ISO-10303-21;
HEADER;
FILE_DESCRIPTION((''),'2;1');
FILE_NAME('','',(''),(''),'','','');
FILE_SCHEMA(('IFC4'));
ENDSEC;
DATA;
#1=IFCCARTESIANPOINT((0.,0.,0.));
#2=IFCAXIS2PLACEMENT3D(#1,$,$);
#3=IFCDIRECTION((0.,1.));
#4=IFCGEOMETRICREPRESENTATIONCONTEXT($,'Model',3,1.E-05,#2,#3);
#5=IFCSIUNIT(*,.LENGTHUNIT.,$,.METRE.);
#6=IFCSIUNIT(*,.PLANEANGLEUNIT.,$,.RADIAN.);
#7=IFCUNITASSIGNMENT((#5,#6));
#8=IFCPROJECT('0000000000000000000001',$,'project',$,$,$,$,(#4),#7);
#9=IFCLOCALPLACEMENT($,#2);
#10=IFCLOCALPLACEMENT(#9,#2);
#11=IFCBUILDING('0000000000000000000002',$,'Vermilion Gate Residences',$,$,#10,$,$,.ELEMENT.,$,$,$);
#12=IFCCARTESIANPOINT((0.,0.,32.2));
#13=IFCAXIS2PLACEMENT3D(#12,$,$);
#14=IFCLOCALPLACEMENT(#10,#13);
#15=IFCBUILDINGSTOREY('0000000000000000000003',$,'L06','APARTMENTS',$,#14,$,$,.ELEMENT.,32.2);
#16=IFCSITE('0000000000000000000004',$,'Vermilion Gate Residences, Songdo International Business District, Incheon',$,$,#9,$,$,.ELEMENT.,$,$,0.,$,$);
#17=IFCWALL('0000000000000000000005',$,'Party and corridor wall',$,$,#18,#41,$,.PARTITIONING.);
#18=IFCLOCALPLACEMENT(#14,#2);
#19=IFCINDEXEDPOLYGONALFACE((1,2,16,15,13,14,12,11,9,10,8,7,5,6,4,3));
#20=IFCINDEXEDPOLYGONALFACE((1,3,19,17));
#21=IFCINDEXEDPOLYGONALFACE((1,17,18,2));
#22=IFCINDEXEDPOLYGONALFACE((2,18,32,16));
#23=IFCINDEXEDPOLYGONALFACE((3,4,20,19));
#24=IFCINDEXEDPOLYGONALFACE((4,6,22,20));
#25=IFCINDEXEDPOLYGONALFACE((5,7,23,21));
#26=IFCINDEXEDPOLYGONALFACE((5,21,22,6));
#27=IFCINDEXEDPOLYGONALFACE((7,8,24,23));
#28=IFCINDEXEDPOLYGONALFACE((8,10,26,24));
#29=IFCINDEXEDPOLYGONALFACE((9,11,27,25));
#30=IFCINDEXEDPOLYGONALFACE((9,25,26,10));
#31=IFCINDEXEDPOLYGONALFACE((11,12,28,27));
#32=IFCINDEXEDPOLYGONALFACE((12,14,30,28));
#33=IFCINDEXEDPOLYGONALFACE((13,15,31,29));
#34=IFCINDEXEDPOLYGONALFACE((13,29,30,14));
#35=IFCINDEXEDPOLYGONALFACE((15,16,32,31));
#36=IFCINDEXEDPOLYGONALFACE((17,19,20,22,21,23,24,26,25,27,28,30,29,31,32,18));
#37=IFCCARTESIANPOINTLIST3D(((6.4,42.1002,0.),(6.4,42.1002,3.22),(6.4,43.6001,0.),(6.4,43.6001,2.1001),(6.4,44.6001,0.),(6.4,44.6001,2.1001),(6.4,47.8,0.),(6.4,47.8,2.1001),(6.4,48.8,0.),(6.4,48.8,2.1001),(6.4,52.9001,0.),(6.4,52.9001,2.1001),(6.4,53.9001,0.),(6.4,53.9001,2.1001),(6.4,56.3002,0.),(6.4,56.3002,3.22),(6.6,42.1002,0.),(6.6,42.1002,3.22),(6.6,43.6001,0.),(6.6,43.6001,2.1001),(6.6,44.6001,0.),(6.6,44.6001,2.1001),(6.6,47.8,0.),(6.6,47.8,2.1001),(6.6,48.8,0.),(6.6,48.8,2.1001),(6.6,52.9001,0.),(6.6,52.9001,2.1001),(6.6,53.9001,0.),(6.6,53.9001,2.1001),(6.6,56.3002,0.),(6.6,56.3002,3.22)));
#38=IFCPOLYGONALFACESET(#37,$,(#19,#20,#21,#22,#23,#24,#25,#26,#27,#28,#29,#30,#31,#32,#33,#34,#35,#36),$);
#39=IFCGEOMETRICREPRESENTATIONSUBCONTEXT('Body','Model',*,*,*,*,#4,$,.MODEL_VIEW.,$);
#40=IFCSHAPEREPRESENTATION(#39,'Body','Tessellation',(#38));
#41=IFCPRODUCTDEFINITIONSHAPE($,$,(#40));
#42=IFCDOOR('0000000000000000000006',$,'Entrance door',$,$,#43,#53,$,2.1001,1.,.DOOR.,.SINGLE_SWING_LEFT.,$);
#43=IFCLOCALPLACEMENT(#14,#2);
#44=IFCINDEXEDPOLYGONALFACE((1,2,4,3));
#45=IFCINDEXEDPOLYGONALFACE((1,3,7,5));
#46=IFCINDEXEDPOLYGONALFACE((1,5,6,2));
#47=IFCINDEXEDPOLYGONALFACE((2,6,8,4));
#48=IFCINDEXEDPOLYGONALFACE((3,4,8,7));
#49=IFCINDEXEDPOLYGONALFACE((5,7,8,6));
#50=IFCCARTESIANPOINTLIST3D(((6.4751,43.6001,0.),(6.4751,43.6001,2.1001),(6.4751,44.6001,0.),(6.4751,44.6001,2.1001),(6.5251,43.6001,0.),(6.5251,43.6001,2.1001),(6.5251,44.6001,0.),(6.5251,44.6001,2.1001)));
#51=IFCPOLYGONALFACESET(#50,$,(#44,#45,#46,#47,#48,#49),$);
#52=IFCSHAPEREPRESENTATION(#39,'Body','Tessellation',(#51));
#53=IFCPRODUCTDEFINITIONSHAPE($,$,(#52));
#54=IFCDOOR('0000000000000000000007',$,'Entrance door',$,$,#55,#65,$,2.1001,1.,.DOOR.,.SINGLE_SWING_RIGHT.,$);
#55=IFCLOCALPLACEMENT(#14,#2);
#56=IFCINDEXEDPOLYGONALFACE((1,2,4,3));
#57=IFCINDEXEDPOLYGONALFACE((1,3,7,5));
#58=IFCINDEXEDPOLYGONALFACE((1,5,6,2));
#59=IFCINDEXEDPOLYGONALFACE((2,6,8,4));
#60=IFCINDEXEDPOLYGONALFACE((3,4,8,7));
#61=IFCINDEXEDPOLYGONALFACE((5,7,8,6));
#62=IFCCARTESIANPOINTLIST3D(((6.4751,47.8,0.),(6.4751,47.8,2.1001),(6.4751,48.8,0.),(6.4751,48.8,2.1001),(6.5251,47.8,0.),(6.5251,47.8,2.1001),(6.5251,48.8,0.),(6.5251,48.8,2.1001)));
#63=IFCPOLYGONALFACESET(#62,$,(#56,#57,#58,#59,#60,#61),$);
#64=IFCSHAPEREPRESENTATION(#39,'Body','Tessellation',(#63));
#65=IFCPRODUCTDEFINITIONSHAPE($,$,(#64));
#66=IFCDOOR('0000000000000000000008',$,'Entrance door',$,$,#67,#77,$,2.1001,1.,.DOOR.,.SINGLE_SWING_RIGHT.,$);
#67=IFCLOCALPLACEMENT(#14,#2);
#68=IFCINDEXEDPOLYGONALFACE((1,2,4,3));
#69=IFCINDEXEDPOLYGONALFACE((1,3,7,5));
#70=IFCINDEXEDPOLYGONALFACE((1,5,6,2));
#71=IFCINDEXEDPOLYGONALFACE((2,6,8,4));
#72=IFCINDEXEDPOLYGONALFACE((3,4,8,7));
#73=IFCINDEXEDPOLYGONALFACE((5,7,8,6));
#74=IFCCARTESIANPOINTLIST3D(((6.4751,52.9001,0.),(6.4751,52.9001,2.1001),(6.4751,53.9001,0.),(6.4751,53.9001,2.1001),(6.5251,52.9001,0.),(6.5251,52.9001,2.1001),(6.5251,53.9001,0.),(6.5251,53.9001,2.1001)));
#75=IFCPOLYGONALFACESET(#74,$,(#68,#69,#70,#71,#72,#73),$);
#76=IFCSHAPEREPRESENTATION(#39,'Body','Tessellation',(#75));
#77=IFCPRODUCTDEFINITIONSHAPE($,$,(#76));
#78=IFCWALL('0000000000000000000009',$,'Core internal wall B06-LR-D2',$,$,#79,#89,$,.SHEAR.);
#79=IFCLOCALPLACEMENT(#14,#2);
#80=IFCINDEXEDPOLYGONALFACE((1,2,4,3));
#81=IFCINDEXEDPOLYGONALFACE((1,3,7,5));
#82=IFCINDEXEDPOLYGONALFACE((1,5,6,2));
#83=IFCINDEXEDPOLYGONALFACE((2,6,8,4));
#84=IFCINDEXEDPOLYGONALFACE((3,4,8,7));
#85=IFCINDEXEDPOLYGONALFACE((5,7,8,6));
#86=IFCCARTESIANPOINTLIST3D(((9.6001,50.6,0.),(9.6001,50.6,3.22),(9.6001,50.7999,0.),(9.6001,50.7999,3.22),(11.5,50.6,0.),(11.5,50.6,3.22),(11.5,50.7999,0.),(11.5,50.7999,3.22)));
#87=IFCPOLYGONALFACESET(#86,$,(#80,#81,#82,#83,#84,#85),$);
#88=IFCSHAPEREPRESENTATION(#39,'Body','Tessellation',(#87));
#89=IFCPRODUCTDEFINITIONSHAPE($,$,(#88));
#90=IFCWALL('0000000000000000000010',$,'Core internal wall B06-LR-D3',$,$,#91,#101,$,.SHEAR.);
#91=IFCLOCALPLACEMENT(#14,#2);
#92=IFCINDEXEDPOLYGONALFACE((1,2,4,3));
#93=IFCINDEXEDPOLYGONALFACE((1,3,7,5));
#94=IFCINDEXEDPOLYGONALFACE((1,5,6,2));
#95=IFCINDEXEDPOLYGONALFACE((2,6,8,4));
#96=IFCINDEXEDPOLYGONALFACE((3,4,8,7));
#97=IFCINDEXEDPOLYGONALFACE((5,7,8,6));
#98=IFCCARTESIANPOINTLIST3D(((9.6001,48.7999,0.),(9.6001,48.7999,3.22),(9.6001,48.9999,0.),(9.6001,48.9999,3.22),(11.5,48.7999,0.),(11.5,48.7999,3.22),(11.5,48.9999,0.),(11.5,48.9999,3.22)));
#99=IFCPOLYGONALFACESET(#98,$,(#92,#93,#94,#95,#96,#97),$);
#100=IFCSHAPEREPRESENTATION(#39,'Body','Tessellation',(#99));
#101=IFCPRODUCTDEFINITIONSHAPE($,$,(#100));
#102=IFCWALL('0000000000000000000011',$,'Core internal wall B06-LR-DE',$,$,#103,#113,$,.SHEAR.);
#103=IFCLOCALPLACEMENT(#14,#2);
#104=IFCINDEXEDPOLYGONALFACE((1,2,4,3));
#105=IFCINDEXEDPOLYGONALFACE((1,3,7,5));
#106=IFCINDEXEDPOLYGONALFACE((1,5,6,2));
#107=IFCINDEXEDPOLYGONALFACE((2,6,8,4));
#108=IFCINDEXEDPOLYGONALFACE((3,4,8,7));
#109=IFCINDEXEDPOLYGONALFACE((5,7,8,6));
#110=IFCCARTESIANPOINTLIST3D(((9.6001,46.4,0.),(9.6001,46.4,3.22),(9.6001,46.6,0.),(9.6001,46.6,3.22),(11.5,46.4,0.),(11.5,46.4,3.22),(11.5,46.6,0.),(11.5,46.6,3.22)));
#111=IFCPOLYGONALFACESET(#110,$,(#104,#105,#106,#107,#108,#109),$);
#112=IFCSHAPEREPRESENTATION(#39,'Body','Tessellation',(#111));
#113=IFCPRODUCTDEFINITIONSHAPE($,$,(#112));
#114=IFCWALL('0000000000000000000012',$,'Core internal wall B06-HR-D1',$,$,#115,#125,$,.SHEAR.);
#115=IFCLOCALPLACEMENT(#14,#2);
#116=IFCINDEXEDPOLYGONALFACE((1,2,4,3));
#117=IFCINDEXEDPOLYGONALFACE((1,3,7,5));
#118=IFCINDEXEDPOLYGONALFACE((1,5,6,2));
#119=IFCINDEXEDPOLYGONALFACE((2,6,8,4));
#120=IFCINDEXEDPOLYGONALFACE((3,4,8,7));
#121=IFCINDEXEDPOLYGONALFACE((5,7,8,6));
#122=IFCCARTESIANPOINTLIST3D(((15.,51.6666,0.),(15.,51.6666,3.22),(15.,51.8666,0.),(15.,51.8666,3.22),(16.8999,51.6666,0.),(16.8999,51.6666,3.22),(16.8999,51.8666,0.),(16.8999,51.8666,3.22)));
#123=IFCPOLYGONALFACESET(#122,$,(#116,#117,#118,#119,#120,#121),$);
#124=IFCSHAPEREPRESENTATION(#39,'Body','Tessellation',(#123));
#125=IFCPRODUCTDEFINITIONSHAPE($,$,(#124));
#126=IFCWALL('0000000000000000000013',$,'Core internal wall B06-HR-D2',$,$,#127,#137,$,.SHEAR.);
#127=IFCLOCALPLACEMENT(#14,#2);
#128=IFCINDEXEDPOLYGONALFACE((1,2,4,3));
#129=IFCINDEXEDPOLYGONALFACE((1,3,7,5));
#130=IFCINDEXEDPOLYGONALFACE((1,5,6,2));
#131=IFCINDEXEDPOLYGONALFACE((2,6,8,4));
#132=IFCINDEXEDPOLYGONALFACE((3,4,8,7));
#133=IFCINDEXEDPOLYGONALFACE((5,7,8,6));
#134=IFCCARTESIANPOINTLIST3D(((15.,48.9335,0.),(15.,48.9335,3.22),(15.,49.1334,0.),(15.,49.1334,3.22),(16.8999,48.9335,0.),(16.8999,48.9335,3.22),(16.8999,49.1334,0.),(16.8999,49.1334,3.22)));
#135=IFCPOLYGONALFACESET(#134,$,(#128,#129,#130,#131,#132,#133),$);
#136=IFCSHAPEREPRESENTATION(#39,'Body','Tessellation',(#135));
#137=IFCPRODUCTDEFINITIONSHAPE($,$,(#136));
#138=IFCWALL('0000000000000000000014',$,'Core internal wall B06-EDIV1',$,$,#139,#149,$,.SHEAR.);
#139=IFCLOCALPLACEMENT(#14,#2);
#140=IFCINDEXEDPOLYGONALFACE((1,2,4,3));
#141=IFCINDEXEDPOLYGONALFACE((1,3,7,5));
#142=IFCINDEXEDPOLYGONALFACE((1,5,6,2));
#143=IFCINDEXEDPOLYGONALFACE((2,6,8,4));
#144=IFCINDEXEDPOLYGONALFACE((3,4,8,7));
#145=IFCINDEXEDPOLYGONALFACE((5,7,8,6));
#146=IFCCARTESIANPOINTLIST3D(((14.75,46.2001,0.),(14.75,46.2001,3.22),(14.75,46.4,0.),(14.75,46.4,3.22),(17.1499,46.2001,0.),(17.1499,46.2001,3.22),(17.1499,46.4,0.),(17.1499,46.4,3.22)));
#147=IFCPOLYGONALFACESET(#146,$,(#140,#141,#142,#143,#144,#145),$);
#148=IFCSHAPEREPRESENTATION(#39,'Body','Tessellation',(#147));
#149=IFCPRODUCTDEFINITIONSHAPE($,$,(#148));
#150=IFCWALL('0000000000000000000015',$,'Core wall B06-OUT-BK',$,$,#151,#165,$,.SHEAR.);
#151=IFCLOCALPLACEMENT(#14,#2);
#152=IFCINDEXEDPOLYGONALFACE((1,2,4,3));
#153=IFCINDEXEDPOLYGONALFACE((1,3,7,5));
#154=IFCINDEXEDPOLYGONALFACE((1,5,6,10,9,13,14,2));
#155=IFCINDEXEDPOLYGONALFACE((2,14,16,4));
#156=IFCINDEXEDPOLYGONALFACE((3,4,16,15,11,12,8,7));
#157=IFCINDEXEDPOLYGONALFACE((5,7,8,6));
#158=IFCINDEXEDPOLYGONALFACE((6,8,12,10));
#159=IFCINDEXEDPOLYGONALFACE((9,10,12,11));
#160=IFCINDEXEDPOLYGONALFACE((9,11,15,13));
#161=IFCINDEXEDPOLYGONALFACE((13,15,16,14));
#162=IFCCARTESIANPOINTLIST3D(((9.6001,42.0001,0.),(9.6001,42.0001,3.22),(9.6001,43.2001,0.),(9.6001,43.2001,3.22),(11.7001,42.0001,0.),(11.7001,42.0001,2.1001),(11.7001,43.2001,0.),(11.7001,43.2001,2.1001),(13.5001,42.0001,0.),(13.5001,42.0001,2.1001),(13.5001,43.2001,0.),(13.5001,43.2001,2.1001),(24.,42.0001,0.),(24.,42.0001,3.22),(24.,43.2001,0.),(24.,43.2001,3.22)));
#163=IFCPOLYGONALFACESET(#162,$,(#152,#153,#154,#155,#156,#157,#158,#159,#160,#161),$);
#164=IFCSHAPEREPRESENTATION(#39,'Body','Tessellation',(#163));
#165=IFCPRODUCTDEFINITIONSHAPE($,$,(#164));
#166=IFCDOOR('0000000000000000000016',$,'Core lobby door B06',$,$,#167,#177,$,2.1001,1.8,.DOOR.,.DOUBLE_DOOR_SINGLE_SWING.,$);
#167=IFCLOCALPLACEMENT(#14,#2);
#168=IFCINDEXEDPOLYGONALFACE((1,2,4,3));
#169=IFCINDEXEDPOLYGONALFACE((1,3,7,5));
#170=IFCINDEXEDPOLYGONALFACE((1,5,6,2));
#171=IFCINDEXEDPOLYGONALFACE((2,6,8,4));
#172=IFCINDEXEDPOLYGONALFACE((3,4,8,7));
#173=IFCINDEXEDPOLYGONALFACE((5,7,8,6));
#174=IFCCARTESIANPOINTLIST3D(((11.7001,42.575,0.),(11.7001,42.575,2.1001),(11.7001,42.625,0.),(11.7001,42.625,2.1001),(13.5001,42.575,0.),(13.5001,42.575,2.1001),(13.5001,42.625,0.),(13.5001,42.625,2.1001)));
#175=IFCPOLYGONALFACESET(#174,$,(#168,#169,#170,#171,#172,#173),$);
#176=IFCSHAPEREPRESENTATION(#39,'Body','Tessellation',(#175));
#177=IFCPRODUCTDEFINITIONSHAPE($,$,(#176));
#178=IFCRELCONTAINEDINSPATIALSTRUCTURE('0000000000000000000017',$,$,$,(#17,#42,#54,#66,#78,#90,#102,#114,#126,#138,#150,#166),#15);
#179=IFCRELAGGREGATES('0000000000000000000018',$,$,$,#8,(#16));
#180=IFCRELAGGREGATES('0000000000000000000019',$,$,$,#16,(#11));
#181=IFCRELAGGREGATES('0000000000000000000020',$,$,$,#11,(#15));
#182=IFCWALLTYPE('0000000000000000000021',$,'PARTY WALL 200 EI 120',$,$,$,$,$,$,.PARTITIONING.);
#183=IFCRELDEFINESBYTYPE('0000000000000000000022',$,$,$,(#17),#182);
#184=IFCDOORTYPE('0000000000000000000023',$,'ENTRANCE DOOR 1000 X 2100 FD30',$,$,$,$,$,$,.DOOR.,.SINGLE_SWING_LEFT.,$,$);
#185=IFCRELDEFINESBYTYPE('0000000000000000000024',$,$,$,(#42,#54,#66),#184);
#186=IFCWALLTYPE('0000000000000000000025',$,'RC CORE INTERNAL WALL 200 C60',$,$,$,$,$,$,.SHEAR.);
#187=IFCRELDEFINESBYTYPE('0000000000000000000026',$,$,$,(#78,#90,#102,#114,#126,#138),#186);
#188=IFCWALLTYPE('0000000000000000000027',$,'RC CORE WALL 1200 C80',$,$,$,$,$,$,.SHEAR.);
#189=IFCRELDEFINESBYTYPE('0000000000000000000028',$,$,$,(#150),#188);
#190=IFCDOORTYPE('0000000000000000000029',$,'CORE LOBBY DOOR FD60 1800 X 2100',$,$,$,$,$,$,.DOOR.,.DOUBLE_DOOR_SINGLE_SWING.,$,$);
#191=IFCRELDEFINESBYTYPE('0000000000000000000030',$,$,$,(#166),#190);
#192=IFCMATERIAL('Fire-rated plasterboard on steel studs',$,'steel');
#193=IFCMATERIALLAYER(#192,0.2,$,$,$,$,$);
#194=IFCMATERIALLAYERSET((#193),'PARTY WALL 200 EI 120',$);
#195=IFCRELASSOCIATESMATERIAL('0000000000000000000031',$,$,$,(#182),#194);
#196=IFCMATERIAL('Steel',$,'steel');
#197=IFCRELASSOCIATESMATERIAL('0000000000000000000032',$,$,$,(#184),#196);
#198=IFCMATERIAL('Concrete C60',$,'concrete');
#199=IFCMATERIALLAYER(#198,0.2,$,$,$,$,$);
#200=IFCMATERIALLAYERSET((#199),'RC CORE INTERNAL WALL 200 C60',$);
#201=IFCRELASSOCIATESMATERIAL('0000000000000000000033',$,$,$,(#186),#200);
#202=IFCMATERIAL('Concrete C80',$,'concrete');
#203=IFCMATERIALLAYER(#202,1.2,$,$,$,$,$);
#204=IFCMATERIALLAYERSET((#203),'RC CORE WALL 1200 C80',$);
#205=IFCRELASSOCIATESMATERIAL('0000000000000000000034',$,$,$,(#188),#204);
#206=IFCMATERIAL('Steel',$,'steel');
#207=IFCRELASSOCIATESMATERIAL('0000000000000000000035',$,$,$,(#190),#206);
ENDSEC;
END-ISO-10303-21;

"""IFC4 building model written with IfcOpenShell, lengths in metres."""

from ifc_helpers import new_model, si_unit, direction, frame, frame_2d, origin, place, context, subcontext, project, spatial, rectangle, extrude, material, layer, layer_set, type_object, element, fill, save


model = new_model("IFC4")

# Units and contexts
model_context = context("Model", 3, precision=1e-05, world=origin(), true_north=direction((0.0, 1.0)))
body_context = subcontext(model_context, "Body", "Model", "MODEL_VIEW")
ifc_project = project(units=[si_unit("LENGTHUNIT", "METRE"), si_unit("PLANEANGLEUNIT", "RADIAN")], contexts=[model_context])

# Site, building, storey
site_placement = place(None, origin())
site = spatial("IfcSite", under=ifc_project, at=site_placement, Name="Vermilion Gate Residences, Songdo International Business District, Incheon", CompositionType="ELEMENT", RefElevation=0.0)
building_placement = place(site_placement, origin())
building = spatial("IfcBuilding", under=site, at=building_placement, Name="Vermilion Gate Residences", CompositionType="ELEMENT")
storey_placement = place(building_placement, frame((0.0, 0.0, 32.2)))
storey = spatial("IfcBuildingStorey", under=building, at=storey_placement, Name="L06", Description="APARTMENTS", CompositionType="ELEMENT", Elevation=32.2)

# Shared definitions
ifc_material_1 = material(Name="Fire-rated plasterboard on steel studs", Category="steel")
ifc_layer_1 = layer(ifc_material_1, 0.2)
ifc_layer_set_1 = layer_set([ifc_layer_1], Name="PARTY WALL 200 EI 120")
wall_type_1 = type_object("IfcWallType", Name="PARTY WALL 200 EI 120", PredefinedType="PARTITIONING", material=ifc_layer_set_1)

# Wall, openings, doors
wall_1_placement = place(storey_placement, frame((6.5, 42.1001, 0.0), z_axis=(0.0, 0.0, 1.0), x_axis=(0.0, 1.0, 0.0)))
wall_1 = element("IfcWall", 1, at=wall_1_placement, inside=storey, type_object=wall_type_1, Name="Party and corridor wall", PredefinedType="PARTITIONING", context=body_context, shape_type="SweptSolid", body=[
    extrude(rectangle(XDim=14.2, YDim=0.2, at=frame_2d((7.1001, 0.0))), origin(), (0.0, 0.0, 1.0), 3.22),
])
opening_1_placement = place(wall_1_placement, frame((1.5, 0.0, 0.0)))
opening_1 = element("IfcOpeningElement", 2, at=opening_1_placement, cuts=wall_1, PredefinedType="OPENING", context=body_context, shape_type="SweptSolid", body=[
    extrude(rectangle(XDim=1.0, YDim=2.1001, at=frame_2d((0.5, 1.05))), frame((0.0, 0.1099, 0.0), z_axis=(0.0, -1.0, 0.0), x_axis=(1.0, 0.0, 0.0)), (0.0, 0.0, 1.0), 0.22),
])
opening_2_placement = place(wall_1_placement, frame((5.7, 0.0, 0.0)))
opening_2 = element("IfcOpeningElement", 3, at=opening_2_placement, cuts=wall_1, PredefinedType="OPENING", context=body_context, shape_type="SweptSolid", body=[
    extrude(rectangle(XDim=1.0, YDim=2.1001, at=frame_2d((0.5, 1.05))), frame((0.0, 0.1099, 0.0), z_axis=(0.0, -1.0, 0.0), x_axis=(1.0, 0.0, 0.0)), (0.0, 0.0, 1.0), 0.22),
])
opening_3_placement = place(wall_1_placement, frame((10.8, 0.0, 0.0)))
opening_3 = element("IfcOpeningElement", 4, at=opening_3_placement, cuts=wall_1, PredefinedType="OPENING", context=body_context, shape_type="SweptSolid", body=[
    extrude(rectangle(XDim=1.0, YDim=2.1001, at=frame_2d((0.5, 1.05))), frame((0.0, 0.1099, 0.0), z_axis=(0.0, -1.0, 0.0), x_axis=(1.0, 0.0, 0.0)), (0.0, 0.0, 1.0), 0.22),
])
ifc_material_2 = material(Name="Steel", Category="steel")
door_type_1 = type_object("IfcDoorType", Name="ENTRANCE DOOR 1000 X 2100 FD30", OperationType="SINGLE_SWING_LEFT", PredefinedType="DOOR", material=ifc_material_2)
door_1_placement = place(opening_1_placement, origin())
door_1 = element("IfcDoor", 5, at=door_1_placement, inside=storey, type_object=door_type_1, Name="Entrance door", OperationType="SINGLE_SWING_LEFT", OverallHeight=2.1001, OverallWidth=1.0, PredefinedType="DOOR", context=body_context, shape_type="SweptSolid", body=[
    extrude(rectangle(XDim=1.0, YDim=2.1001, at=frame_2d((0.5, 1.05))), frame((0.0, 0.0249, 0.0), z_axis=(0.0, -1.0, 0.0), x_axis=(1.0, 0.0, 0.0)), (0.0, 0.0, 1.0), 0.05),
])
fill(opening_1, door_1)
door_2_placement = place(opening_2_placement, origin())
door_2 = element("IfcDoor", 6, at=door_2_placement, inside=storey, type_object=door_type_1, Name="Entrance door", OperationType="SINGLE_SWING_RIGHT", OverallHeight=2.1001, OverallWidth=1.0, PredefinedType="DOOR", context=body_context, shape_type="SweptSolid", body=[
    extrude(rectangle(XDim=1.0, YDim=2.1001, at=frame_2d((0.5, 1.05))), frame((0.0, 0.0249, 0.0), z_axis=(0.0, -1.0, 0.0), x_axis=(1.0, 0.0, 0.0)), (0.0, 0.0, 1.0), 0.05),
])
fill(opening_2, door_2)
door_3_placement = place(opening_3_placement, origin())
door_3 = element("IfcDoor", 7, at=door_3_placement, inside=storey, type_object=door_type_1, Name="Entrance door", OperationType="SINGLE_SWING_RIGHT", OverallHeight=2.1001, OverallWidth=1.0, PredefinedType="DOOR", context=body_context, shape_type="SweptSolid", body=[
    extrude(rectangle(XDim=1.0, YDim=2.1001, at=frame_2d((0.5, 1.05))), frame((0.0, 0.0249, 0.0), z_axis=(0.0, -1.0, 0.0), x_axis=(1.0, 0.0, 0.0)), (0.0, 0.0, 1.0), 0.05),
])
fill(opening_3, door_3)

# Walls
ifc_material_3 = material(Name="Concrete C60", Category="concrete")
ifc_layer_2 = layer(ifc_material_3, 0.2)
ifc_layer_set_2 = layer_set([ifc_layer_2], Name="RC CORE INTERNAL WALL 200 C60")
wall_type_2 = type_object("IfcWallType", Name="RC CORE INTERNAL WALL 200 C60", PredefinedType="SHEAR", material=ifc_layer_set_2)
for number, where, z_axis, x_axis, name in (
    (8, (9.6001, 50.7, 0.0), (0.0, 0.0, 1.0), (1.0, 0.0, 0.0), "Core internal wall B06-LR-D2"),
    (9, (9.6001, 48.8999, 0.0), (0.0, 0.0, 1.0), (1.0, 0.0, 0.0), "Core internal wall B06-LR-D3"),
    (10, (9.6001, 46.5, 0.0), (0.0, 0.0, 1.0), (1.0, 0.0, 0.0), "Core internal wall B06-LR-DE"),
    (11, (15.0, 51.7666, 0.0), (0.0, 0.0, 1.0), (1.0, 0.0, 0.0), "Core internal wall B06-HR-D1"),
    (12, (15.0, 49.0334, 0.0), (0.0, 0.0, 1.0), (1.0, 0.0, 0.0), "Core internal wall B06-HR-D2"),
):
    element("IfcWall", number, at=place(storey_placement, frame(where, z_axis=z_axis, x_axis=x_axis)), inside=storey, type_object=wall_type_2, Name=name, PredefinedType="SHEAR", context=body_context, shape_type="SweptSolid", body=[
        extrude(rectangle(XDim=1.8999, YDim=0.2, at=frame_2d((0.95, 0.0))), origin(), (0.0, 0.0, 1.0), 3.22),
    ])
wall_2_placement = place(storey_placement, frame((14.75, 46.3, 0.0), z_axis=(0.0, 0.0, 1.0), x_axis=(1.0, 0.0, 0.0)))
element("IfcWall", 13, at=wall_2_placement, inside=storey, type_object=wall_type_2, Name="Core internal wall B06-EDIV1", PredefinedType="SHEAR", context=body_context, shape_type="SweptSolid", body=[
    extrude(rectangle(XDim=2.3999, YDim=0.2, at=frame_2d((1.2, 0.0))), origin(), (0.0, 0.0, 1.0), 3.22),
])

# Wall, opening, door
ifc_material_4 = material(Name="Concrete C80", Category="concrete")
ifc_layer_3 = layer(ifc_material_4, 1.2)
ifc_layer_set_3 = layer_set([ifc_layer_3], Name="RC CORE WALL 1200 C80")
wall_type_3 = type_object("IfcWallType", Name="RC CORE WALL 1200 C80", PredefinedType="SHEAR", material=ifc_layer_set_3)
wall_3_placement = place(storey_placement, frame((9.6001, 42.6001, 0.0), z_axis=(0.0, 0.0, 1.0), x_axis=(1.0, 0.0, 0.0)))
wall_3 = element("IfcWall", 14, at=wall_3_placement, inside=storey, type_object=wall_type_3, Name="Core wall B06-OUT-BK", PredefinedType="SHEAR", context=body_context, shape_type="SweptSolid", body=[
    extrude(rectangle(XDim=14.3999, YDim=1.2, at=frame_2d((7.2, 0.0))), origin(), (0.0, 0.0, 1.0), 3.22),
])
opening_4_placement = place(wall_3_placement, frame((2.1001, 0.0, 0.0)))
opening_4 = element("IfcOpeningElement", 15, at=opening_4_placement, cuts=wall_3, PredefinedType="OPENING", context=body_context, shape_type="SweptSolid", body=[
    extrude(rectangle(XDim=1.8, YDim=2.1001, at=frame_2d((0.8999, 1.05))), frame((0.0, 0.6099, 0.0), z_axis=(0.0, -1.0, 0.0), x_axis=(1.0, 0.0, 0.0)), (0.0, 0.0, 1.0), 1.22),
])
ifc_material_5 = material(Name="Steel", Category="steel")
door_type_2 = type_object("IfcDoorType", Name="CORE LOBBY DOOR FD60 1800 X 2100", OperationType="DOUBLE_DOOR_SINGLE_SWING", PredefinedType="DOOR", material=ifc_material_5)
door_4_placement = place(opening_4_placement, origin())
door_4 = element("IfcDoor", 16, at=door_4_placement, inside=storey, type_object=door_type_2, Name="Core lobby door B06", OperationType="DOUBLE_DOOR_SINGLE_SWING", OverallHeight=2.1001, OverallWidth=1.8, PredefinedType="DOOR", context=body_context, shape_type="SweptSolid", body=[
    extrude(rectangle(XDim=1.8, YDim=2.1001, at=frame_2d((0.8999, 1.05))), frame((0.0, 0.0249, 0.0), z_axis=(0.0, -1.0, 0.0), x_axis=(1.0, 0.0, 0.0)), (0.0, 0.0, 1.0), 0.05),
])
fill(opening_4, door_4)

save(model, "model.ifc")
